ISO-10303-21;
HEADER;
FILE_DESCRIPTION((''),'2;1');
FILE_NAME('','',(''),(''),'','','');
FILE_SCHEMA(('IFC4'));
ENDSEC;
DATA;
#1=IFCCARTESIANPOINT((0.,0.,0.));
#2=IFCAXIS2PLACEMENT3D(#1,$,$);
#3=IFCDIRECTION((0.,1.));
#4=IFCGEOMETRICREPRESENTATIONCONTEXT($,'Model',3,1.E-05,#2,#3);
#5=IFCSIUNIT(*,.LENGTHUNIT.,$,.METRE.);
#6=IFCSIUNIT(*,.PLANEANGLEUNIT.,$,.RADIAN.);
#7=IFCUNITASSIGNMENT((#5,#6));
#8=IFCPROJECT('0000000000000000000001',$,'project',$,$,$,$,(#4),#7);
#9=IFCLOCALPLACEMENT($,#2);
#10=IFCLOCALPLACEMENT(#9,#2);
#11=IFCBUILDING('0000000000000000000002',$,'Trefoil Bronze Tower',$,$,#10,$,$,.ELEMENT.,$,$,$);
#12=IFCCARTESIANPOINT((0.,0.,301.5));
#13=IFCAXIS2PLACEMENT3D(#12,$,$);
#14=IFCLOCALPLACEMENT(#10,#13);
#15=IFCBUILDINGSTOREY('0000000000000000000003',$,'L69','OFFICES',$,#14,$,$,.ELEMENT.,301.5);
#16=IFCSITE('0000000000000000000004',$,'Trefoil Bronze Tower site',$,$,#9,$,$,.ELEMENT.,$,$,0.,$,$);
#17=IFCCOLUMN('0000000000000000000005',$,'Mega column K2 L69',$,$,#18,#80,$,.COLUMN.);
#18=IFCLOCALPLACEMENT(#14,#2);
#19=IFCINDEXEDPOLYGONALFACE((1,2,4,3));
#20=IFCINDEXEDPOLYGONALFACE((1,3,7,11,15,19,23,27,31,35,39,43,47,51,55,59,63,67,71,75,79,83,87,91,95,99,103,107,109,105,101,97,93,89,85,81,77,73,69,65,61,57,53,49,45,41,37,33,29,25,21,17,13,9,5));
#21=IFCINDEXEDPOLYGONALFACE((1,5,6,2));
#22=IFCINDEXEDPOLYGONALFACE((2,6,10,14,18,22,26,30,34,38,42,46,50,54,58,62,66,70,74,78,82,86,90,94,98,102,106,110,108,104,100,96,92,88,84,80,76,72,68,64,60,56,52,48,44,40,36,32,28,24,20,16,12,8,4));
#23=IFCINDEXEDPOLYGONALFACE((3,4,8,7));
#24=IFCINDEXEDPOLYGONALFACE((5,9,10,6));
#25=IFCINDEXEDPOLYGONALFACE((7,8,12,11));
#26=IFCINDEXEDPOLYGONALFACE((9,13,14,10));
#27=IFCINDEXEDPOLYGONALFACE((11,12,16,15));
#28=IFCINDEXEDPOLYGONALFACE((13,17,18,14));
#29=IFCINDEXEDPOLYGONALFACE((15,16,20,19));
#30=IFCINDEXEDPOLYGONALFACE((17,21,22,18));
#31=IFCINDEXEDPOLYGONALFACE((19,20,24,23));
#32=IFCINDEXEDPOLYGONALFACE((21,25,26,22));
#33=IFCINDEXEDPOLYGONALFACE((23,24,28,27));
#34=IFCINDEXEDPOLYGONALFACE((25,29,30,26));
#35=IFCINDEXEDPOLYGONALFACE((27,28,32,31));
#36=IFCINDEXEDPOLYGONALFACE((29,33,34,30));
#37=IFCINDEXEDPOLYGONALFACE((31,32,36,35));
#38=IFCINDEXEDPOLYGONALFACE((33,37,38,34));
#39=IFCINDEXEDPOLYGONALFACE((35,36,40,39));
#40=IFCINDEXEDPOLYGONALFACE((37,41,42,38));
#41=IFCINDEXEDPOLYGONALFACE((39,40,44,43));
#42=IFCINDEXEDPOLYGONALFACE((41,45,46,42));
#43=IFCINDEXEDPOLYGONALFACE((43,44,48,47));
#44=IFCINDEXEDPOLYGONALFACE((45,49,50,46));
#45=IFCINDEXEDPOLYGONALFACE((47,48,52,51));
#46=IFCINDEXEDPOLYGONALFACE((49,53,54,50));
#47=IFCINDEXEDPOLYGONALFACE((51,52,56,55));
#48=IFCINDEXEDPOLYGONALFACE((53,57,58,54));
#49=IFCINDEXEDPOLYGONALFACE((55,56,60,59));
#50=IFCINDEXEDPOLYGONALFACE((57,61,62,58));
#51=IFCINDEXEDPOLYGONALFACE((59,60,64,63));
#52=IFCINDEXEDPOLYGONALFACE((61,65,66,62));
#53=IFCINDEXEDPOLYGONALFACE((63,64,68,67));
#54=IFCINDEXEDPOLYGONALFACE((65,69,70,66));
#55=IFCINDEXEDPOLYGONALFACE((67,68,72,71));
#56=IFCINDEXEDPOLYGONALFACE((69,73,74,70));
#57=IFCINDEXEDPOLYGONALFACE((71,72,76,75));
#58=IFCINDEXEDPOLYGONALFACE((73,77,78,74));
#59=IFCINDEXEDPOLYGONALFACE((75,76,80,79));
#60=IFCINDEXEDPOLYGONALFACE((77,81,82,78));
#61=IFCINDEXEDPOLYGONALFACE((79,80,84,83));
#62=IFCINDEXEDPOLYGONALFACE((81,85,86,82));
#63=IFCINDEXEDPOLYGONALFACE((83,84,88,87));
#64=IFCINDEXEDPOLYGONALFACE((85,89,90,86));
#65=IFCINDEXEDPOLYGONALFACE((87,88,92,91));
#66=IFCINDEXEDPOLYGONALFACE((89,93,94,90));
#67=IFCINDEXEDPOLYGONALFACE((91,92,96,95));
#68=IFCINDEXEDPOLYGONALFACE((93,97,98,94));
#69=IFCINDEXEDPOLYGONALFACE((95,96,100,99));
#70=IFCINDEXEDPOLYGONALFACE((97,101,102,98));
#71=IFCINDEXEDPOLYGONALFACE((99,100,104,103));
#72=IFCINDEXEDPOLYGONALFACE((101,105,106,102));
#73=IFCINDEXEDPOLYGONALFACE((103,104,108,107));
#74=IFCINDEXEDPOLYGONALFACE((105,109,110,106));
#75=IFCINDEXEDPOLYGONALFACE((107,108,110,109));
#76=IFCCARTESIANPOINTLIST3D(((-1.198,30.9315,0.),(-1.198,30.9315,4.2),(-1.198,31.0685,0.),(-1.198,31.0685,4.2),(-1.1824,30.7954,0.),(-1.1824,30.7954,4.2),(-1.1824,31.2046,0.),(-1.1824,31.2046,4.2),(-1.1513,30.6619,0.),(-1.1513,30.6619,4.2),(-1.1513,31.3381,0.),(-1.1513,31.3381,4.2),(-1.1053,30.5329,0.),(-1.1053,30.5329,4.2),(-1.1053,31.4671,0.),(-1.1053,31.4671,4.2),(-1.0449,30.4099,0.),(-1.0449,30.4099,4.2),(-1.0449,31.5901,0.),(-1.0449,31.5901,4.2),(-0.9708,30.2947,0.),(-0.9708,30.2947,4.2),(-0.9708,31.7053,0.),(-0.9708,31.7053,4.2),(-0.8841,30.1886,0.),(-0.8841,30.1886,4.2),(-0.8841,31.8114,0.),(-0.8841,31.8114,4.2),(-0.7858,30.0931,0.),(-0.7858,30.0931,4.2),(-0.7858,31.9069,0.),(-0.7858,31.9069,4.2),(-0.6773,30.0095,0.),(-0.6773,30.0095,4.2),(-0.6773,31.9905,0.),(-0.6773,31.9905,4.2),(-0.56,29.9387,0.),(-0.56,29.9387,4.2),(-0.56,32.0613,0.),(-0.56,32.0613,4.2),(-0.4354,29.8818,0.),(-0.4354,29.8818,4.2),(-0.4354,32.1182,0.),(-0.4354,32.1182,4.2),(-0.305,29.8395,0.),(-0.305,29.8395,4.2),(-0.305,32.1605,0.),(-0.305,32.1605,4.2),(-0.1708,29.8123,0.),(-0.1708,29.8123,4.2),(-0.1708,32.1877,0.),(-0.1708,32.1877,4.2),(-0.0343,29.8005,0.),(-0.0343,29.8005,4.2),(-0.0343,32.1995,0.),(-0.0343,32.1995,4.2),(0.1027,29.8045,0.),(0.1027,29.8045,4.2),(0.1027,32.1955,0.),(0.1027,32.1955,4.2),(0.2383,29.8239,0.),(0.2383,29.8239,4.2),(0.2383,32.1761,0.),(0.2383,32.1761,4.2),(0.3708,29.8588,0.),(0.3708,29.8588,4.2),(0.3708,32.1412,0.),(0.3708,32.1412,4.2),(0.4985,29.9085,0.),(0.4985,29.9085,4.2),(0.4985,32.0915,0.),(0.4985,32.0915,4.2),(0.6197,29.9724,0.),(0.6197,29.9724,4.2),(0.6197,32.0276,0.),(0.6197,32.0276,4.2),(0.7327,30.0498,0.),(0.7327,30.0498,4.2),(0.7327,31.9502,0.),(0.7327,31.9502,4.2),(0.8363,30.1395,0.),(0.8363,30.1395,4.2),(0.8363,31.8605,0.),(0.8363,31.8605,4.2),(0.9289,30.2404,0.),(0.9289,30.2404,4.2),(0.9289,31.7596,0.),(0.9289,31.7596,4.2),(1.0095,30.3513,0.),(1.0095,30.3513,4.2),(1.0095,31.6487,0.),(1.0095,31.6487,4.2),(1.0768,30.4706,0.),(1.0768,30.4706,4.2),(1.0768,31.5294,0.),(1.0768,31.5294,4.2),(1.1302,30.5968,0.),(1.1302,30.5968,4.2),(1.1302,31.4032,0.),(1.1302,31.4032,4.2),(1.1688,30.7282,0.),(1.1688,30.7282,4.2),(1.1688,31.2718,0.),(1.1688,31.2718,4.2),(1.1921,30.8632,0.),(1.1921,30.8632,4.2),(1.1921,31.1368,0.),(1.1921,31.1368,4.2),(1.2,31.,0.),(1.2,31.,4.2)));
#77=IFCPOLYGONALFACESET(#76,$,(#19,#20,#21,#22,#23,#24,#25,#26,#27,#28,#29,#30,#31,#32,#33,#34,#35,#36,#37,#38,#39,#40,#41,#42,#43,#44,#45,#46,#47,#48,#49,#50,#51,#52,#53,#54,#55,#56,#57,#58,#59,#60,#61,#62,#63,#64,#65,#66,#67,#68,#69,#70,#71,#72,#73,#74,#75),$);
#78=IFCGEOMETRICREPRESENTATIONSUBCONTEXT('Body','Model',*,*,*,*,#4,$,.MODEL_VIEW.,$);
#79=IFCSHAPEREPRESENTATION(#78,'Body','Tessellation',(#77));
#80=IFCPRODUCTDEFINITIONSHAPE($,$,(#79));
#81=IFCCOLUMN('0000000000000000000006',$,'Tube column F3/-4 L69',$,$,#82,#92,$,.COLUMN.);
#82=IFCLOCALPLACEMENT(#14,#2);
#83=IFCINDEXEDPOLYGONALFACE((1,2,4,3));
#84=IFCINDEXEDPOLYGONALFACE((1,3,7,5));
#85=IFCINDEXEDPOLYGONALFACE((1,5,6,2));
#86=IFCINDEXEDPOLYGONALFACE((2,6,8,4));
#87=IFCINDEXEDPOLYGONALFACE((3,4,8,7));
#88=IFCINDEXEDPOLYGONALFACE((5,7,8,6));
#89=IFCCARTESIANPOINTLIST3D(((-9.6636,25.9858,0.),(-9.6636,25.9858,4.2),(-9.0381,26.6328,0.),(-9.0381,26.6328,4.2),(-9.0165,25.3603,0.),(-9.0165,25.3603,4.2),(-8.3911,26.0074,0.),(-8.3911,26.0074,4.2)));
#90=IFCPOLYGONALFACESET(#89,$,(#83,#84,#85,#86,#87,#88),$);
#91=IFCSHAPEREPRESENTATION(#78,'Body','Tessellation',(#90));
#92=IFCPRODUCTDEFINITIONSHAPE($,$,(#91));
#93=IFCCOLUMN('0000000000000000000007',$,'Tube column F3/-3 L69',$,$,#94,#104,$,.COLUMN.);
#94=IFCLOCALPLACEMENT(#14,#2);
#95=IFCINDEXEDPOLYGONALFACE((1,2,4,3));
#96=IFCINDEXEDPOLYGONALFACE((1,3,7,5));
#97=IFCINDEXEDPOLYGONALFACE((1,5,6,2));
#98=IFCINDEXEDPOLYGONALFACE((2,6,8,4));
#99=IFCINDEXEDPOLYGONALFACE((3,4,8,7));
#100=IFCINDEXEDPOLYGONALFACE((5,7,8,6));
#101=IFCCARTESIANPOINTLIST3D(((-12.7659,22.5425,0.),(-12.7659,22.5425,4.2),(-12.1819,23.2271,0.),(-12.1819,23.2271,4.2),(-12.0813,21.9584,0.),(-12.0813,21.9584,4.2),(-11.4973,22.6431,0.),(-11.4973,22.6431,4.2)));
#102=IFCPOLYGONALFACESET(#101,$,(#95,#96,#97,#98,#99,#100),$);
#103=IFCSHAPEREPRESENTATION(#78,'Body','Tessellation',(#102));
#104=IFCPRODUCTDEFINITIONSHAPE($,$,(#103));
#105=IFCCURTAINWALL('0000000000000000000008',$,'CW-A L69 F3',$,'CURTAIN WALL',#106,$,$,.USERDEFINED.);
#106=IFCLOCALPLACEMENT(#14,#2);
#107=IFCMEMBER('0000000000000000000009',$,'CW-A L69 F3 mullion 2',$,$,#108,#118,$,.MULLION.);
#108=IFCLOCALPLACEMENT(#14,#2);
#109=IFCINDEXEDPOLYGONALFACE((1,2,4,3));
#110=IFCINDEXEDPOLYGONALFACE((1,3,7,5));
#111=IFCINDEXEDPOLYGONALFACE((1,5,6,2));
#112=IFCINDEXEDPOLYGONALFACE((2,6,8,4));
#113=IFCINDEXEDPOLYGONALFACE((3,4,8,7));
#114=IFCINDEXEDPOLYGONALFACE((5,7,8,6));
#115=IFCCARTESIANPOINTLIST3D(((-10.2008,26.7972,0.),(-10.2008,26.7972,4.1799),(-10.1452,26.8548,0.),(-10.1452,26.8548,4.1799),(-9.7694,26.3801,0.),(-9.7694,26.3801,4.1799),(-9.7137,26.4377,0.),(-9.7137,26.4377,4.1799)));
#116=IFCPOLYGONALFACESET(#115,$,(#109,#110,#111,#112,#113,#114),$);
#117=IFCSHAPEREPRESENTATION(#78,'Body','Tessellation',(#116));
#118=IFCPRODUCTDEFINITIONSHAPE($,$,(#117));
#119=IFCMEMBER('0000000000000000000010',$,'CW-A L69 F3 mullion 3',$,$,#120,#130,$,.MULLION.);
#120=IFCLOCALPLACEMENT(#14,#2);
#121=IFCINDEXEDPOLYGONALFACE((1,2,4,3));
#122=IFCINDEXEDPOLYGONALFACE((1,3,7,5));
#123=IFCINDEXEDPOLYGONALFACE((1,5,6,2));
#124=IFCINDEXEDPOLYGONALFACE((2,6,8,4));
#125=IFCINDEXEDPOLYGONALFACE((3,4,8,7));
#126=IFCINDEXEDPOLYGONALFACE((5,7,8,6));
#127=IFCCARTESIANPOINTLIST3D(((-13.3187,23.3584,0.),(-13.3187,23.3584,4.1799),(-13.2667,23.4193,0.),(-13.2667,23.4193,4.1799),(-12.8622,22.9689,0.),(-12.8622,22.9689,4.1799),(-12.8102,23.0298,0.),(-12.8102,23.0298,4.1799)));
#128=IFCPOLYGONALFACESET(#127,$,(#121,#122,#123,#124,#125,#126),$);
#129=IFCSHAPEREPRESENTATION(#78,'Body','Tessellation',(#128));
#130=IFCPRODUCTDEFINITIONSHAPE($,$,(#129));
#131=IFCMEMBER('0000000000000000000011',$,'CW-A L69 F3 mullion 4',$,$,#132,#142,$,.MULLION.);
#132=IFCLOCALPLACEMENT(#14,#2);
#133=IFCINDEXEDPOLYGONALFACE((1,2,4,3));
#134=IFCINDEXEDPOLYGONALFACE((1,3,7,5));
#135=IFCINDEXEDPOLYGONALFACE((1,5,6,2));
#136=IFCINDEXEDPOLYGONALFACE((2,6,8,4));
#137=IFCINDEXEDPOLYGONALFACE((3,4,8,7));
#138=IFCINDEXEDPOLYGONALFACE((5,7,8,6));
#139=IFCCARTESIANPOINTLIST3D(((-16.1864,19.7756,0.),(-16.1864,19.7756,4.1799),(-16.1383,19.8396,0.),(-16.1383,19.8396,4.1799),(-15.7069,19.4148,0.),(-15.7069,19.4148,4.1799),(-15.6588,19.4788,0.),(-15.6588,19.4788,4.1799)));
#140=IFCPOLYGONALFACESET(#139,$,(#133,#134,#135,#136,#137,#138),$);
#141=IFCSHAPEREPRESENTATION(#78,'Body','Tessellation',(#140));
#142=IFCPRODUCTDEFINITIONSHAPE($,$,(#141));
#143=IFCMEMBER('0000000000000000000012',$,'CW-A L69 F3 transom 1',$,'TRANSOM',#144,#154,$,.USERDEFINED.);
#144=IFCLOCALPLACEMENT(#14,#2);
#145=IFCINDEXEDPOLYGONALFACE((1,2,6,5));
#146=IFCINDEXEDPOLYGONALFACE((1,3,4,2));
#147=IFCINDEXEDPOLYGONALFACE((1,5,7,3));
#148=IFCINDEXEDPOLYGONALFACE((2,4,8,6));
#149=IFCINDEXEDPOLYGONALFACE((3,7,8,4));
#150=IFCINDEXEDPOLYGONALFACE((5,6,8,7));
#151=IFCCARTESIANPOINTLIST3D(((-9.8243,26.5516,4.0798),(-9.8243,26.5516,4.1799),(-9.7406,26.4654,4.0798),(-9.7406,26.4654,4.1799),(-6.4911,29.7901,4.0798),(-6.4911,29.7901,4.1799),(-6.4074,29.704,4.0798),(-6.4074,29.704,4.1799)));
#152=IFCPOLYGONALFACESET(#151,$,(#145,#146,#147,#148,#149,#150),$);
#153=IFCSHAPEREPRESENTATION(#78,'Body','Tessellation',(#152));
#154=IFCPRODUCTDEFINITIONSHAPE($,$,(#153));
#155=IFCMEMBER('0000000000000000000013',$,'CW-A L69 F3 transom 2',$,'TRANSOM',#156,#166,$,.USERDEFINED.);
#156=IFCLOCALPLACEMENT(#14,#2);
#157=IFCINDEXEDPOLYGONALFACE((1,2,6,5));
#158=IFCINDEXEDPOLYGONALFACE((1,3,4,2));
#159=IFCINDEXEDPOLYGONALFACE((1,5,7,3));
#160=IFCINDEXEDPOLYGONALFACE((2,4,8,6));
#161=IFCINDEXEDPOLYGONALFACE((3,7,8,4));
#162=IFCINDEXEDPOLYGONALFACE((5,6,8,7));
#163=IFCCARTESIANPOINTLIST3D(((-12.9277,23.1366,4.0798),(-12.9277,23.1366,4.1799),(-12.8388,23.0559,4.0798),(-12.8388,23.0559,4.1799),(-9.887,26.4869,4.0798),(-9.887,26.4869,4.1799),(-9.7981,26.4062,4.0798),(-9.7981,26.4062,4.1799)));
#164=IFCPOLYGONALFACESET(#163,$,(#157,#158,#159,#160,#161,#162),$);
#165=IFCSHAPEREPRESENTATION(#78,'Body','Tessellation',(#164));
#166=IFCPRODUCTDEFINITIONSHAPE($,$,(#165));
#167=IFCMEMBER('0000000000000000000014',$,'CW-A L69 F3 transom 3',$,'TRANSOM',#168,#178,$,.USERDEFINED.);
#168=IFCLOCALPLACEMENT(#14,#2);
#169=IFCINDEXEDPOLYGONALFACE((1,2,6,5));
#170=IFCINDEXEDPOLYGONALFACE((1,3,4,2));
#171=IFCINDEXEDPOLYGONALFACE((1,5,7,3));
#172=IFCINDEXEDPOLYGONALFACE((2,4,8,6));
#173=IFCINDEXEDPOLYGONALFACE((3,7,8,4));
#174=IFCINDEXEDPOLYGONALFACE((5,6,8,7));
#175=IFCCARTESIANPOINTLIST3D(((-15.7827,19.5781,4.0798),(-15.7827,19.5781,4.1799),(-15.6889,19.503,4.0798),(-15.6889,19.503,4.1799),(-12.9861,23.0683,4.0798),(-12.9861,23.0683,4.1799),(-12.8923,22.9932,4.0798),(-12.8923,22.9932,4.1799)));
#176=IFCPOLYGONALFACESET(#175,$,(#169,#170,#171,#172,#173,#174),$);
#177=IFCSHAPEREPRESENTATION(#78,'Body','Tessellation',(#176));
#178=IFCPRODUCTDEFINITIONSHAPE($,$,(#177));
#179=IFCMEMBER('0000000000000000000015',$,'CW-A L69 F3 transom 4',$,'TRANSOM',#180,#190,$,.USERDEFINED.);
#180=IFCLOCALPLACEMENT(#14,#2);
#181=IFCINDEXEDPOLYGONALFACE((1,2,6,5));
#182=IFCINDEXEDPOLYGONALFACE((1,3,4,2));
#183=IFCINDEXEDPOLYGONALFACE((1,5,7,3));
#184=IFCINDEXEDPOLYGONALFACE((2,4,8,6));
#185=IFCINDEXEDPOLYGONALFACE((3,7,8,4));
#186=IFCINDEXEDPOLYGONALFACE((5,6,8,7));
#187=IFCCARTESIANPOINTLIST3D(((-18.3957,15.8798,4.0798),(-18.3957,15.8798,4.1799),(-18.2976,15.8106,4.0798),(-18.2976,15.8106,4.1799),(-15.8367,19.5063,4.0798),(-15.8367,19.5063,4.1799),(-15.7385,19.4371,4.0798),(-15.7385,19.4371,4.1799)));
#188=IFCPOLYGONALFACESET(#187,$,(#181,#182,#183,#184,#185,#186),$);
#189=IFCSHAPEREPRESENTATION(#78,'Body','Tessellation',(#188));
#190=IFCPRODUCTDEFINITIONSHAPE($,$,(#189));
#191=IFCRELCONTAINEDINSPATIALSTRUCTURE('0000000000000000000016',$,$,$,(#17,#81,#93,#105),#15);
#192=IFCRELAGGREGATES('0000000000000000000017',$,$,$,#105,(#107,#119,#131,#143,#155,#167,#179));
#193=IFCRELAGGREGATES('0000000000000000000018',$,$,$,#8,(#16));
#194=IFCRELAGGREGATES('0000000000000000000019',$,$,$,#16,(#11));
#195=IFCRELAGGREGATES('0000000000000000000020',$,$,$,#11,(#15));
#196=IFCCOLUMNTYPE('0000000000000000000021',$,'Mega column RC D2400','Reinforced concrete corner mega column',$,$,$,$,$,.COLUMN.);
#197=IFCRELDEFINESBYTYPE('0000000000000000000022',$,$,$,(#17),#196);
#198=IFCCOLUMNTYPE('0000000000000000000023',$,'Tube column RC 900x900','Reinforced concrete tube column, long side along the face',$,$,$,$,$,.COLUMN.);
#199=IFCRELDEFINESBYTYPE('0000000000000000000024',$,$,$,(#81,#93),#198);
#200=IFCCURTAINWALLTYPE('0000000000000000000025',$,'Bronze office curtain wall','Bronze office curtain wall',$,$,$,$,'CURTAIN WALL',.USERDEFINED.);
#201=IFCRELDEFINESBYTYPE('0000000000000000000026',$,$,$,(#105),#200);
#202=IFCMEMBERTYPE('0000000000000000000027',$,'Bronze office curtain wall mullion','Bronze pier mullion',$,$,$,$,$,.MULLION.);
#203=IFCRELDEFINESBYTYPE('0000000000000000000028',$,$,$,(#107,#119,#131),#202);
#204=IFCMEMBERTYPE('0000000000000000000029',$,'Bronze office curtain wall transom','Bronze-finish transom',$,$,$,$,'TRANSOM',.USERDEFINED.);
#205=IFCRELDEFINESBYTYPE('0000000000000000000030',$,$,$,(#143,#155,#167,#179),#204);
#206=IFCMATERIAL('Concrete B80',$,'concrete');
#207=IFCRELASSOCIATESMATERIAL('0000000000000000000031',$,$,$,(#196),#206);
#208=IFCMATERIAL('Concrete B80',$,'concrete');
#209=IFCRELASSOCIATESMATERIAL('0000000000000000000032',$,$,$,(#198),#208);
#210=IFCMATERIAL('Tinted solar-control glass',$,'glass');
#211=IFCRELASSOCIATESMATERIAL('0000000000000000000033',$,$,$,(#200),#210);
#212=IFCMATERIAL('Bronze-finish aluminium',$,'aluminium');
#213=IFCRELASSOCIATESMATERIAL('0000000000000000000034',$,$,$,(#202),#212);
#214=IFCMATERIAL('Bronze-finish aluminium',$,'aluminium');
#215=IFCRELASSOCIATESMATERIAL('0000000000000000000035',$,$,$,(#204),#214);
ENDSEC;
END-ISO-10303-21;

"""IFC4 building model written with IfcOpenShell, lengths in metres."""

from ifc_helpers import new_model, si_unit, direction, frame, origin, origin_2d, place, context, subcontext, project, spatial, rectangle, circle, extrude, material, material_profile, profile_set, type_object, element, aggregate, save


model = new_model("IFC4")

# Units and contexts
model_context = context("Model", 3, precision=1e-05, world=origin(), true_north=direction((0.0, 1.0)))
body_context = subcontext(model_context, "Body", "Model", "MODEL_VIEW")
ifc_project = project(units=[si_unit("LENGTHUNIT", "METRE"), si_unit("PLANEANGLEUNIT", "RADIAN")], contexts=[model_context])

# Site, building, storey
site_placement = place(None, origin())
site = spatial("IfcSite", under=ifc_project, at=site_placement, Name="Trefoil Bronze Tower site", CompositionType="ELEMENT", RefElevation=0.0)
building_placement = place(site_placement, origin())
building = spatial("IfcBuilding", under=site, at=building_placement, Name="Trefoil Bronze Tower", CompositionType="ELEMENT")
storey_placement = place(building_placement, frame((0.0, 0.0, 301.5)))
storey = spatial("IfcBuildingStorey", under=building, at=storey_placement, Name="L69", Description="OFFICES", CompositionType="ELEMENT", Elevation=301.5)

# Columns
ifc_material_1 = material(Name="Concrete B80", Category="concrete")
ifc_material_profile_1 = material_profile(ifc_material_1, circle(Radius=1.2, at=origin_2d()), Name="RC D2400")
ifc_profile_set_1 = profile_set([ifc_material_profile_1], Name="Concrete B80")
column_type_1 = type_object("IfcColumnType", Name="Mega column RC D2400", Description="Reinforced concrete corner mega column", PredefinedType="COLUMN", material=ifc_profile_set_1)
column_placement = place(storey_placement, frame((0.0, 31.0, 0.0), z_axis=(0.0, 0.0, 1.0), x_axis=(1.0, 0.0, 0.0)))
element("IfcColumn", 1, at=column_placement, inside=storey, type_object=column_type_1, Name="Mega column K2 L69", PredefinedType="COLUMN", context=body_context, shape_type="SweptSolid", body=[
    extrude(circle(Radius=1.2, at=origin_2d()), origin(), (0.0, 0.0, 1.0), 4.2),
])
ifc_material_2 = material(Name="Concrete B80", Category="concrete")
ifc_material_profile_2 = material_profile(ifc_material_2, rectangle(XDim=0.8999, YDim=0.8999, at=origin_2d()), Name="RC 900x900")
ifc_profile_set_2 = profile_set([ifc_material_profile_2], Name="Concrete B80")
column_type_2 = type_object("IfcColumnType", Name="Tube column RC 900x900", Description="Reinforced concrete tube column, long side along the face", PredefinedType="COLUMN", material=ifc_profile_set_2)
for number, where, z_axis, x_axis, name in (
    (2, (-9.0273, 25.9966, 0.0), (0.0, 0.0, 1.0), (-0.695009, -0.719001, 0.0), "Tube column F3/-4 L69"),
    (3, (-12.1316, 22.5928, 0.0), (0.0, 0.0, 1.0), (-0.649008, -0.760781, 0.0), "Tube column F3/-3 L69"),
):
    element("IfcColumn", number, at=place(storey_placement, frame(where, z_axis=z_axis, x_axis=x_axis)), inside=storey, type_object=column_type_2, Name=name, PredefinedType="COLUMN", context=body_context, shape_type="SweptSolid", body=[
        extrude(rectangle(XDim=0.8999, YDim=0.8999, at=origin_2d()), origin(), (0.0, 0.0, 1.0), 4.2),
    ])

# Curtain wall, members
ifc_material_3 = material(Name="Tinted solar-control glass", Category="glass")
curtain_wall_type_1 = type_object("IfcCurtainWallType", Name="Bronze office curtain wall", Description="Bronze office curtain wall", ElementType="CURTAIN WALL", PredefinedType="USERDEFINED", material=ifc_material_3)
curtain_wall_1_placement = place(storey_placement, origin())
curtain_wall_1 = element("IfcCurtainWall", 4, at=curtain_wall_1_placement, inside=storey, type_object=curtain_wall_type_1, Name="CW-A L69 F3", ObjectType="CURTAIN WALL", PredefinedType="USERDEFINED")
ifc_material_4 = material(Name="Bronze-finish aluminium", Category="aluminium")
ifc_material_profile_3 = material_profile(ifc_material_4, rectangle(XDim=0.6001, YDim=0.0801, at=origin_2d()), Name="CW-A mullion")
ifc_profile_set_3 = profile_set([ifc_material_profile_3], Name="Bronze-finish aluminium")
member_type_1 = type_object("IfcMemberType", Name="Bronze office curtain wall mullion", Description="Bronze pier mullion", PredefinedType="MULLION", material=ifc_profile_set_3)
member_1_placement = place(storey_placement, frame((-9.9573, 26.6174, 0.0), z_axis=(0.0, 0.0, 1.0), x_axis=(0.719001, -0.695009, 0.0)))
member_1 = element("IfcMember", 5, at=member_1_placement, type_object=member_type_1, Name="CW-A L69 F3 mullion 2", PredefinedType="MULLION", context=body_context, shape_type="SweptSolid", body=[
    extrude(rectangle(XDim=0.6001, YDim=0.0801, at=origin_2d()), origin(), (0.0, 0.0, 1.0), 4.1799),
])
member_2_placement = place(storey_placement, frame((-13.0645, 23.1941, 0.0), z_axis=(0.0, 0.0, 1.0), x_axis=(0.760781, -0.649008, 0.0)))
member_2 = element("IfcMember", 6, at=member_2_placement, type_object=member_type_1, Name="CW-A L69 F3 mullion 3", PredefinedType="MULLION", context=body_context, shape_type="SweptSolid", body=[
    extrude(rectangle(XDim=0.6001, YDim=0.0801, at=origin_2d()), origin(), (0.0, 0.0, 1.0), 4.1799),
])
member_3_placement = place(storey_placement, frame((-15.9226, 19.6272, 0.0), z_axis=(0.0, 0.0, 1.0), x_axis=(0.799096, -0.601203, 0.0)))
member_3 = element("IfcMember", 7, at=member_3_placement, type_object=member_type_1, Name="CW-A L69 F3 mullion 4", PredefinedType="MULLION", context=body_context, shape_type="SweptSolid", body=[
    extrude(rectangle(XDim=0.6001, YDim=0.0801, at=origin_2d()), origin(), (0.0, 0.0, 1.0), 4.1799),
])
ifc_material_5 = material(Name="Bronze-finish aluminium", Category="aluminium")
ifc_material_profile_4 = material_profile(ifc_material_5, rectangle(XDim=0.1201, YDim=0.1001, at=origin_2d()), Name="CW-A transom")
ifc_profile_set_4 = profile_set([ifc_material_profile_4], Name="Bronze-finish aluminium")
member_type_2 = type_object("IfcMemberType", Name="Bronze office curtain wall transom", Description="Bronze-finish transom", ElementType="TRANSOM", PredefinedType="USERDEFINED", material=ifc_profile_set_4)
member_4_placement = place(storey_placement, frame((-6.4492, 29.7471, 4.1299), z_axis=(-0.717225, -0.696842, 0.0), x_axis=(0.696842, -0.717225, 0.0)))
member_4 = element("IfcMember", 8, at=member_4_placement, type_object=member_type_2, Name="CW-A L69 F3 transom 1", ObjectType="TRANSOM", PredefinedType="USERDEFINED", context=body_context, shape_type="SweptSolid", body=[
    extrude(rectangle(XDim=0.1201, YDim=0.1001, at=origin_2d()), origin(), (0.0, 0.0, 1.0), 4.6475),
])
member_5_placement = place(storey_placement, frame((-9.8425, 26.4465, 4.1299), z_axis=(-0.672068, -0.740489, 0.0), x_axis=(0.740489, -0.672068, 0.0)))
member_5 = element("IfcMember", 9, at=member_5_placement, type_object=member_type_2, Name="CW-A L69 F3 transom 2", ObjectType="TRANSOM", PredefinedType="USERDEFINED", context=body_context, shape_type="SweptSolid", body=[
    extrude(rectangle(XDim=0.1201, YDim=0.1001, at=origin_2d()), origin(), (0.0, 0.0, 1.0), 4.5244),
])
member_6_placement = place(storey_placement, frame((-12.9392, 23.0308, 4.1299), z_axis=(-0.625301, -0.780384, 0.0), x_axis=(0.780384, -0.625301, 0.0)))
member_6 = element("IfcMember", 10, at=member_6_placement, type_object=member_type_2, Name="CW-A L69 F3 transom 3", ObjectType="TRANSOM", PredefinedType="USERDEFINED", context=body_context, shape_type="SweptSolid", body=[
    extrude(rectangle(XDim=0.1201, YDim=0.1001, at=origin_2d()), origin(), (0.0, 0.0, 1.0), 4.4724),
])
member_7_placement = place(storey_placement, frame((-15.7876, 19.4717, 4.1299), z_axis=(-0.576567, -0.81705, 0.0), x_axis=(0.81705, -0.576567, 0.0)))
member_7 = element("IfcMember", 11, at=member_7_placement, type_object=member_type_2, Name="CW-A L69 F3 transom 4", ObjectType="TRANSOM", PredefinedType="USERDEFINED", context=body_context, shape_type="SweptSolid", body=[
    extrude(rectangle(XDim=0.1201, YDim=0.1001, at=origin_2d()), origin(), (0.0, 0.0, 1.0), 4.4385),
])

aggregate(curtain_wall_1, [member_1, member_2, member_3, member_4, member_5, member_6, member_7])

save(model, "model.ifc")
